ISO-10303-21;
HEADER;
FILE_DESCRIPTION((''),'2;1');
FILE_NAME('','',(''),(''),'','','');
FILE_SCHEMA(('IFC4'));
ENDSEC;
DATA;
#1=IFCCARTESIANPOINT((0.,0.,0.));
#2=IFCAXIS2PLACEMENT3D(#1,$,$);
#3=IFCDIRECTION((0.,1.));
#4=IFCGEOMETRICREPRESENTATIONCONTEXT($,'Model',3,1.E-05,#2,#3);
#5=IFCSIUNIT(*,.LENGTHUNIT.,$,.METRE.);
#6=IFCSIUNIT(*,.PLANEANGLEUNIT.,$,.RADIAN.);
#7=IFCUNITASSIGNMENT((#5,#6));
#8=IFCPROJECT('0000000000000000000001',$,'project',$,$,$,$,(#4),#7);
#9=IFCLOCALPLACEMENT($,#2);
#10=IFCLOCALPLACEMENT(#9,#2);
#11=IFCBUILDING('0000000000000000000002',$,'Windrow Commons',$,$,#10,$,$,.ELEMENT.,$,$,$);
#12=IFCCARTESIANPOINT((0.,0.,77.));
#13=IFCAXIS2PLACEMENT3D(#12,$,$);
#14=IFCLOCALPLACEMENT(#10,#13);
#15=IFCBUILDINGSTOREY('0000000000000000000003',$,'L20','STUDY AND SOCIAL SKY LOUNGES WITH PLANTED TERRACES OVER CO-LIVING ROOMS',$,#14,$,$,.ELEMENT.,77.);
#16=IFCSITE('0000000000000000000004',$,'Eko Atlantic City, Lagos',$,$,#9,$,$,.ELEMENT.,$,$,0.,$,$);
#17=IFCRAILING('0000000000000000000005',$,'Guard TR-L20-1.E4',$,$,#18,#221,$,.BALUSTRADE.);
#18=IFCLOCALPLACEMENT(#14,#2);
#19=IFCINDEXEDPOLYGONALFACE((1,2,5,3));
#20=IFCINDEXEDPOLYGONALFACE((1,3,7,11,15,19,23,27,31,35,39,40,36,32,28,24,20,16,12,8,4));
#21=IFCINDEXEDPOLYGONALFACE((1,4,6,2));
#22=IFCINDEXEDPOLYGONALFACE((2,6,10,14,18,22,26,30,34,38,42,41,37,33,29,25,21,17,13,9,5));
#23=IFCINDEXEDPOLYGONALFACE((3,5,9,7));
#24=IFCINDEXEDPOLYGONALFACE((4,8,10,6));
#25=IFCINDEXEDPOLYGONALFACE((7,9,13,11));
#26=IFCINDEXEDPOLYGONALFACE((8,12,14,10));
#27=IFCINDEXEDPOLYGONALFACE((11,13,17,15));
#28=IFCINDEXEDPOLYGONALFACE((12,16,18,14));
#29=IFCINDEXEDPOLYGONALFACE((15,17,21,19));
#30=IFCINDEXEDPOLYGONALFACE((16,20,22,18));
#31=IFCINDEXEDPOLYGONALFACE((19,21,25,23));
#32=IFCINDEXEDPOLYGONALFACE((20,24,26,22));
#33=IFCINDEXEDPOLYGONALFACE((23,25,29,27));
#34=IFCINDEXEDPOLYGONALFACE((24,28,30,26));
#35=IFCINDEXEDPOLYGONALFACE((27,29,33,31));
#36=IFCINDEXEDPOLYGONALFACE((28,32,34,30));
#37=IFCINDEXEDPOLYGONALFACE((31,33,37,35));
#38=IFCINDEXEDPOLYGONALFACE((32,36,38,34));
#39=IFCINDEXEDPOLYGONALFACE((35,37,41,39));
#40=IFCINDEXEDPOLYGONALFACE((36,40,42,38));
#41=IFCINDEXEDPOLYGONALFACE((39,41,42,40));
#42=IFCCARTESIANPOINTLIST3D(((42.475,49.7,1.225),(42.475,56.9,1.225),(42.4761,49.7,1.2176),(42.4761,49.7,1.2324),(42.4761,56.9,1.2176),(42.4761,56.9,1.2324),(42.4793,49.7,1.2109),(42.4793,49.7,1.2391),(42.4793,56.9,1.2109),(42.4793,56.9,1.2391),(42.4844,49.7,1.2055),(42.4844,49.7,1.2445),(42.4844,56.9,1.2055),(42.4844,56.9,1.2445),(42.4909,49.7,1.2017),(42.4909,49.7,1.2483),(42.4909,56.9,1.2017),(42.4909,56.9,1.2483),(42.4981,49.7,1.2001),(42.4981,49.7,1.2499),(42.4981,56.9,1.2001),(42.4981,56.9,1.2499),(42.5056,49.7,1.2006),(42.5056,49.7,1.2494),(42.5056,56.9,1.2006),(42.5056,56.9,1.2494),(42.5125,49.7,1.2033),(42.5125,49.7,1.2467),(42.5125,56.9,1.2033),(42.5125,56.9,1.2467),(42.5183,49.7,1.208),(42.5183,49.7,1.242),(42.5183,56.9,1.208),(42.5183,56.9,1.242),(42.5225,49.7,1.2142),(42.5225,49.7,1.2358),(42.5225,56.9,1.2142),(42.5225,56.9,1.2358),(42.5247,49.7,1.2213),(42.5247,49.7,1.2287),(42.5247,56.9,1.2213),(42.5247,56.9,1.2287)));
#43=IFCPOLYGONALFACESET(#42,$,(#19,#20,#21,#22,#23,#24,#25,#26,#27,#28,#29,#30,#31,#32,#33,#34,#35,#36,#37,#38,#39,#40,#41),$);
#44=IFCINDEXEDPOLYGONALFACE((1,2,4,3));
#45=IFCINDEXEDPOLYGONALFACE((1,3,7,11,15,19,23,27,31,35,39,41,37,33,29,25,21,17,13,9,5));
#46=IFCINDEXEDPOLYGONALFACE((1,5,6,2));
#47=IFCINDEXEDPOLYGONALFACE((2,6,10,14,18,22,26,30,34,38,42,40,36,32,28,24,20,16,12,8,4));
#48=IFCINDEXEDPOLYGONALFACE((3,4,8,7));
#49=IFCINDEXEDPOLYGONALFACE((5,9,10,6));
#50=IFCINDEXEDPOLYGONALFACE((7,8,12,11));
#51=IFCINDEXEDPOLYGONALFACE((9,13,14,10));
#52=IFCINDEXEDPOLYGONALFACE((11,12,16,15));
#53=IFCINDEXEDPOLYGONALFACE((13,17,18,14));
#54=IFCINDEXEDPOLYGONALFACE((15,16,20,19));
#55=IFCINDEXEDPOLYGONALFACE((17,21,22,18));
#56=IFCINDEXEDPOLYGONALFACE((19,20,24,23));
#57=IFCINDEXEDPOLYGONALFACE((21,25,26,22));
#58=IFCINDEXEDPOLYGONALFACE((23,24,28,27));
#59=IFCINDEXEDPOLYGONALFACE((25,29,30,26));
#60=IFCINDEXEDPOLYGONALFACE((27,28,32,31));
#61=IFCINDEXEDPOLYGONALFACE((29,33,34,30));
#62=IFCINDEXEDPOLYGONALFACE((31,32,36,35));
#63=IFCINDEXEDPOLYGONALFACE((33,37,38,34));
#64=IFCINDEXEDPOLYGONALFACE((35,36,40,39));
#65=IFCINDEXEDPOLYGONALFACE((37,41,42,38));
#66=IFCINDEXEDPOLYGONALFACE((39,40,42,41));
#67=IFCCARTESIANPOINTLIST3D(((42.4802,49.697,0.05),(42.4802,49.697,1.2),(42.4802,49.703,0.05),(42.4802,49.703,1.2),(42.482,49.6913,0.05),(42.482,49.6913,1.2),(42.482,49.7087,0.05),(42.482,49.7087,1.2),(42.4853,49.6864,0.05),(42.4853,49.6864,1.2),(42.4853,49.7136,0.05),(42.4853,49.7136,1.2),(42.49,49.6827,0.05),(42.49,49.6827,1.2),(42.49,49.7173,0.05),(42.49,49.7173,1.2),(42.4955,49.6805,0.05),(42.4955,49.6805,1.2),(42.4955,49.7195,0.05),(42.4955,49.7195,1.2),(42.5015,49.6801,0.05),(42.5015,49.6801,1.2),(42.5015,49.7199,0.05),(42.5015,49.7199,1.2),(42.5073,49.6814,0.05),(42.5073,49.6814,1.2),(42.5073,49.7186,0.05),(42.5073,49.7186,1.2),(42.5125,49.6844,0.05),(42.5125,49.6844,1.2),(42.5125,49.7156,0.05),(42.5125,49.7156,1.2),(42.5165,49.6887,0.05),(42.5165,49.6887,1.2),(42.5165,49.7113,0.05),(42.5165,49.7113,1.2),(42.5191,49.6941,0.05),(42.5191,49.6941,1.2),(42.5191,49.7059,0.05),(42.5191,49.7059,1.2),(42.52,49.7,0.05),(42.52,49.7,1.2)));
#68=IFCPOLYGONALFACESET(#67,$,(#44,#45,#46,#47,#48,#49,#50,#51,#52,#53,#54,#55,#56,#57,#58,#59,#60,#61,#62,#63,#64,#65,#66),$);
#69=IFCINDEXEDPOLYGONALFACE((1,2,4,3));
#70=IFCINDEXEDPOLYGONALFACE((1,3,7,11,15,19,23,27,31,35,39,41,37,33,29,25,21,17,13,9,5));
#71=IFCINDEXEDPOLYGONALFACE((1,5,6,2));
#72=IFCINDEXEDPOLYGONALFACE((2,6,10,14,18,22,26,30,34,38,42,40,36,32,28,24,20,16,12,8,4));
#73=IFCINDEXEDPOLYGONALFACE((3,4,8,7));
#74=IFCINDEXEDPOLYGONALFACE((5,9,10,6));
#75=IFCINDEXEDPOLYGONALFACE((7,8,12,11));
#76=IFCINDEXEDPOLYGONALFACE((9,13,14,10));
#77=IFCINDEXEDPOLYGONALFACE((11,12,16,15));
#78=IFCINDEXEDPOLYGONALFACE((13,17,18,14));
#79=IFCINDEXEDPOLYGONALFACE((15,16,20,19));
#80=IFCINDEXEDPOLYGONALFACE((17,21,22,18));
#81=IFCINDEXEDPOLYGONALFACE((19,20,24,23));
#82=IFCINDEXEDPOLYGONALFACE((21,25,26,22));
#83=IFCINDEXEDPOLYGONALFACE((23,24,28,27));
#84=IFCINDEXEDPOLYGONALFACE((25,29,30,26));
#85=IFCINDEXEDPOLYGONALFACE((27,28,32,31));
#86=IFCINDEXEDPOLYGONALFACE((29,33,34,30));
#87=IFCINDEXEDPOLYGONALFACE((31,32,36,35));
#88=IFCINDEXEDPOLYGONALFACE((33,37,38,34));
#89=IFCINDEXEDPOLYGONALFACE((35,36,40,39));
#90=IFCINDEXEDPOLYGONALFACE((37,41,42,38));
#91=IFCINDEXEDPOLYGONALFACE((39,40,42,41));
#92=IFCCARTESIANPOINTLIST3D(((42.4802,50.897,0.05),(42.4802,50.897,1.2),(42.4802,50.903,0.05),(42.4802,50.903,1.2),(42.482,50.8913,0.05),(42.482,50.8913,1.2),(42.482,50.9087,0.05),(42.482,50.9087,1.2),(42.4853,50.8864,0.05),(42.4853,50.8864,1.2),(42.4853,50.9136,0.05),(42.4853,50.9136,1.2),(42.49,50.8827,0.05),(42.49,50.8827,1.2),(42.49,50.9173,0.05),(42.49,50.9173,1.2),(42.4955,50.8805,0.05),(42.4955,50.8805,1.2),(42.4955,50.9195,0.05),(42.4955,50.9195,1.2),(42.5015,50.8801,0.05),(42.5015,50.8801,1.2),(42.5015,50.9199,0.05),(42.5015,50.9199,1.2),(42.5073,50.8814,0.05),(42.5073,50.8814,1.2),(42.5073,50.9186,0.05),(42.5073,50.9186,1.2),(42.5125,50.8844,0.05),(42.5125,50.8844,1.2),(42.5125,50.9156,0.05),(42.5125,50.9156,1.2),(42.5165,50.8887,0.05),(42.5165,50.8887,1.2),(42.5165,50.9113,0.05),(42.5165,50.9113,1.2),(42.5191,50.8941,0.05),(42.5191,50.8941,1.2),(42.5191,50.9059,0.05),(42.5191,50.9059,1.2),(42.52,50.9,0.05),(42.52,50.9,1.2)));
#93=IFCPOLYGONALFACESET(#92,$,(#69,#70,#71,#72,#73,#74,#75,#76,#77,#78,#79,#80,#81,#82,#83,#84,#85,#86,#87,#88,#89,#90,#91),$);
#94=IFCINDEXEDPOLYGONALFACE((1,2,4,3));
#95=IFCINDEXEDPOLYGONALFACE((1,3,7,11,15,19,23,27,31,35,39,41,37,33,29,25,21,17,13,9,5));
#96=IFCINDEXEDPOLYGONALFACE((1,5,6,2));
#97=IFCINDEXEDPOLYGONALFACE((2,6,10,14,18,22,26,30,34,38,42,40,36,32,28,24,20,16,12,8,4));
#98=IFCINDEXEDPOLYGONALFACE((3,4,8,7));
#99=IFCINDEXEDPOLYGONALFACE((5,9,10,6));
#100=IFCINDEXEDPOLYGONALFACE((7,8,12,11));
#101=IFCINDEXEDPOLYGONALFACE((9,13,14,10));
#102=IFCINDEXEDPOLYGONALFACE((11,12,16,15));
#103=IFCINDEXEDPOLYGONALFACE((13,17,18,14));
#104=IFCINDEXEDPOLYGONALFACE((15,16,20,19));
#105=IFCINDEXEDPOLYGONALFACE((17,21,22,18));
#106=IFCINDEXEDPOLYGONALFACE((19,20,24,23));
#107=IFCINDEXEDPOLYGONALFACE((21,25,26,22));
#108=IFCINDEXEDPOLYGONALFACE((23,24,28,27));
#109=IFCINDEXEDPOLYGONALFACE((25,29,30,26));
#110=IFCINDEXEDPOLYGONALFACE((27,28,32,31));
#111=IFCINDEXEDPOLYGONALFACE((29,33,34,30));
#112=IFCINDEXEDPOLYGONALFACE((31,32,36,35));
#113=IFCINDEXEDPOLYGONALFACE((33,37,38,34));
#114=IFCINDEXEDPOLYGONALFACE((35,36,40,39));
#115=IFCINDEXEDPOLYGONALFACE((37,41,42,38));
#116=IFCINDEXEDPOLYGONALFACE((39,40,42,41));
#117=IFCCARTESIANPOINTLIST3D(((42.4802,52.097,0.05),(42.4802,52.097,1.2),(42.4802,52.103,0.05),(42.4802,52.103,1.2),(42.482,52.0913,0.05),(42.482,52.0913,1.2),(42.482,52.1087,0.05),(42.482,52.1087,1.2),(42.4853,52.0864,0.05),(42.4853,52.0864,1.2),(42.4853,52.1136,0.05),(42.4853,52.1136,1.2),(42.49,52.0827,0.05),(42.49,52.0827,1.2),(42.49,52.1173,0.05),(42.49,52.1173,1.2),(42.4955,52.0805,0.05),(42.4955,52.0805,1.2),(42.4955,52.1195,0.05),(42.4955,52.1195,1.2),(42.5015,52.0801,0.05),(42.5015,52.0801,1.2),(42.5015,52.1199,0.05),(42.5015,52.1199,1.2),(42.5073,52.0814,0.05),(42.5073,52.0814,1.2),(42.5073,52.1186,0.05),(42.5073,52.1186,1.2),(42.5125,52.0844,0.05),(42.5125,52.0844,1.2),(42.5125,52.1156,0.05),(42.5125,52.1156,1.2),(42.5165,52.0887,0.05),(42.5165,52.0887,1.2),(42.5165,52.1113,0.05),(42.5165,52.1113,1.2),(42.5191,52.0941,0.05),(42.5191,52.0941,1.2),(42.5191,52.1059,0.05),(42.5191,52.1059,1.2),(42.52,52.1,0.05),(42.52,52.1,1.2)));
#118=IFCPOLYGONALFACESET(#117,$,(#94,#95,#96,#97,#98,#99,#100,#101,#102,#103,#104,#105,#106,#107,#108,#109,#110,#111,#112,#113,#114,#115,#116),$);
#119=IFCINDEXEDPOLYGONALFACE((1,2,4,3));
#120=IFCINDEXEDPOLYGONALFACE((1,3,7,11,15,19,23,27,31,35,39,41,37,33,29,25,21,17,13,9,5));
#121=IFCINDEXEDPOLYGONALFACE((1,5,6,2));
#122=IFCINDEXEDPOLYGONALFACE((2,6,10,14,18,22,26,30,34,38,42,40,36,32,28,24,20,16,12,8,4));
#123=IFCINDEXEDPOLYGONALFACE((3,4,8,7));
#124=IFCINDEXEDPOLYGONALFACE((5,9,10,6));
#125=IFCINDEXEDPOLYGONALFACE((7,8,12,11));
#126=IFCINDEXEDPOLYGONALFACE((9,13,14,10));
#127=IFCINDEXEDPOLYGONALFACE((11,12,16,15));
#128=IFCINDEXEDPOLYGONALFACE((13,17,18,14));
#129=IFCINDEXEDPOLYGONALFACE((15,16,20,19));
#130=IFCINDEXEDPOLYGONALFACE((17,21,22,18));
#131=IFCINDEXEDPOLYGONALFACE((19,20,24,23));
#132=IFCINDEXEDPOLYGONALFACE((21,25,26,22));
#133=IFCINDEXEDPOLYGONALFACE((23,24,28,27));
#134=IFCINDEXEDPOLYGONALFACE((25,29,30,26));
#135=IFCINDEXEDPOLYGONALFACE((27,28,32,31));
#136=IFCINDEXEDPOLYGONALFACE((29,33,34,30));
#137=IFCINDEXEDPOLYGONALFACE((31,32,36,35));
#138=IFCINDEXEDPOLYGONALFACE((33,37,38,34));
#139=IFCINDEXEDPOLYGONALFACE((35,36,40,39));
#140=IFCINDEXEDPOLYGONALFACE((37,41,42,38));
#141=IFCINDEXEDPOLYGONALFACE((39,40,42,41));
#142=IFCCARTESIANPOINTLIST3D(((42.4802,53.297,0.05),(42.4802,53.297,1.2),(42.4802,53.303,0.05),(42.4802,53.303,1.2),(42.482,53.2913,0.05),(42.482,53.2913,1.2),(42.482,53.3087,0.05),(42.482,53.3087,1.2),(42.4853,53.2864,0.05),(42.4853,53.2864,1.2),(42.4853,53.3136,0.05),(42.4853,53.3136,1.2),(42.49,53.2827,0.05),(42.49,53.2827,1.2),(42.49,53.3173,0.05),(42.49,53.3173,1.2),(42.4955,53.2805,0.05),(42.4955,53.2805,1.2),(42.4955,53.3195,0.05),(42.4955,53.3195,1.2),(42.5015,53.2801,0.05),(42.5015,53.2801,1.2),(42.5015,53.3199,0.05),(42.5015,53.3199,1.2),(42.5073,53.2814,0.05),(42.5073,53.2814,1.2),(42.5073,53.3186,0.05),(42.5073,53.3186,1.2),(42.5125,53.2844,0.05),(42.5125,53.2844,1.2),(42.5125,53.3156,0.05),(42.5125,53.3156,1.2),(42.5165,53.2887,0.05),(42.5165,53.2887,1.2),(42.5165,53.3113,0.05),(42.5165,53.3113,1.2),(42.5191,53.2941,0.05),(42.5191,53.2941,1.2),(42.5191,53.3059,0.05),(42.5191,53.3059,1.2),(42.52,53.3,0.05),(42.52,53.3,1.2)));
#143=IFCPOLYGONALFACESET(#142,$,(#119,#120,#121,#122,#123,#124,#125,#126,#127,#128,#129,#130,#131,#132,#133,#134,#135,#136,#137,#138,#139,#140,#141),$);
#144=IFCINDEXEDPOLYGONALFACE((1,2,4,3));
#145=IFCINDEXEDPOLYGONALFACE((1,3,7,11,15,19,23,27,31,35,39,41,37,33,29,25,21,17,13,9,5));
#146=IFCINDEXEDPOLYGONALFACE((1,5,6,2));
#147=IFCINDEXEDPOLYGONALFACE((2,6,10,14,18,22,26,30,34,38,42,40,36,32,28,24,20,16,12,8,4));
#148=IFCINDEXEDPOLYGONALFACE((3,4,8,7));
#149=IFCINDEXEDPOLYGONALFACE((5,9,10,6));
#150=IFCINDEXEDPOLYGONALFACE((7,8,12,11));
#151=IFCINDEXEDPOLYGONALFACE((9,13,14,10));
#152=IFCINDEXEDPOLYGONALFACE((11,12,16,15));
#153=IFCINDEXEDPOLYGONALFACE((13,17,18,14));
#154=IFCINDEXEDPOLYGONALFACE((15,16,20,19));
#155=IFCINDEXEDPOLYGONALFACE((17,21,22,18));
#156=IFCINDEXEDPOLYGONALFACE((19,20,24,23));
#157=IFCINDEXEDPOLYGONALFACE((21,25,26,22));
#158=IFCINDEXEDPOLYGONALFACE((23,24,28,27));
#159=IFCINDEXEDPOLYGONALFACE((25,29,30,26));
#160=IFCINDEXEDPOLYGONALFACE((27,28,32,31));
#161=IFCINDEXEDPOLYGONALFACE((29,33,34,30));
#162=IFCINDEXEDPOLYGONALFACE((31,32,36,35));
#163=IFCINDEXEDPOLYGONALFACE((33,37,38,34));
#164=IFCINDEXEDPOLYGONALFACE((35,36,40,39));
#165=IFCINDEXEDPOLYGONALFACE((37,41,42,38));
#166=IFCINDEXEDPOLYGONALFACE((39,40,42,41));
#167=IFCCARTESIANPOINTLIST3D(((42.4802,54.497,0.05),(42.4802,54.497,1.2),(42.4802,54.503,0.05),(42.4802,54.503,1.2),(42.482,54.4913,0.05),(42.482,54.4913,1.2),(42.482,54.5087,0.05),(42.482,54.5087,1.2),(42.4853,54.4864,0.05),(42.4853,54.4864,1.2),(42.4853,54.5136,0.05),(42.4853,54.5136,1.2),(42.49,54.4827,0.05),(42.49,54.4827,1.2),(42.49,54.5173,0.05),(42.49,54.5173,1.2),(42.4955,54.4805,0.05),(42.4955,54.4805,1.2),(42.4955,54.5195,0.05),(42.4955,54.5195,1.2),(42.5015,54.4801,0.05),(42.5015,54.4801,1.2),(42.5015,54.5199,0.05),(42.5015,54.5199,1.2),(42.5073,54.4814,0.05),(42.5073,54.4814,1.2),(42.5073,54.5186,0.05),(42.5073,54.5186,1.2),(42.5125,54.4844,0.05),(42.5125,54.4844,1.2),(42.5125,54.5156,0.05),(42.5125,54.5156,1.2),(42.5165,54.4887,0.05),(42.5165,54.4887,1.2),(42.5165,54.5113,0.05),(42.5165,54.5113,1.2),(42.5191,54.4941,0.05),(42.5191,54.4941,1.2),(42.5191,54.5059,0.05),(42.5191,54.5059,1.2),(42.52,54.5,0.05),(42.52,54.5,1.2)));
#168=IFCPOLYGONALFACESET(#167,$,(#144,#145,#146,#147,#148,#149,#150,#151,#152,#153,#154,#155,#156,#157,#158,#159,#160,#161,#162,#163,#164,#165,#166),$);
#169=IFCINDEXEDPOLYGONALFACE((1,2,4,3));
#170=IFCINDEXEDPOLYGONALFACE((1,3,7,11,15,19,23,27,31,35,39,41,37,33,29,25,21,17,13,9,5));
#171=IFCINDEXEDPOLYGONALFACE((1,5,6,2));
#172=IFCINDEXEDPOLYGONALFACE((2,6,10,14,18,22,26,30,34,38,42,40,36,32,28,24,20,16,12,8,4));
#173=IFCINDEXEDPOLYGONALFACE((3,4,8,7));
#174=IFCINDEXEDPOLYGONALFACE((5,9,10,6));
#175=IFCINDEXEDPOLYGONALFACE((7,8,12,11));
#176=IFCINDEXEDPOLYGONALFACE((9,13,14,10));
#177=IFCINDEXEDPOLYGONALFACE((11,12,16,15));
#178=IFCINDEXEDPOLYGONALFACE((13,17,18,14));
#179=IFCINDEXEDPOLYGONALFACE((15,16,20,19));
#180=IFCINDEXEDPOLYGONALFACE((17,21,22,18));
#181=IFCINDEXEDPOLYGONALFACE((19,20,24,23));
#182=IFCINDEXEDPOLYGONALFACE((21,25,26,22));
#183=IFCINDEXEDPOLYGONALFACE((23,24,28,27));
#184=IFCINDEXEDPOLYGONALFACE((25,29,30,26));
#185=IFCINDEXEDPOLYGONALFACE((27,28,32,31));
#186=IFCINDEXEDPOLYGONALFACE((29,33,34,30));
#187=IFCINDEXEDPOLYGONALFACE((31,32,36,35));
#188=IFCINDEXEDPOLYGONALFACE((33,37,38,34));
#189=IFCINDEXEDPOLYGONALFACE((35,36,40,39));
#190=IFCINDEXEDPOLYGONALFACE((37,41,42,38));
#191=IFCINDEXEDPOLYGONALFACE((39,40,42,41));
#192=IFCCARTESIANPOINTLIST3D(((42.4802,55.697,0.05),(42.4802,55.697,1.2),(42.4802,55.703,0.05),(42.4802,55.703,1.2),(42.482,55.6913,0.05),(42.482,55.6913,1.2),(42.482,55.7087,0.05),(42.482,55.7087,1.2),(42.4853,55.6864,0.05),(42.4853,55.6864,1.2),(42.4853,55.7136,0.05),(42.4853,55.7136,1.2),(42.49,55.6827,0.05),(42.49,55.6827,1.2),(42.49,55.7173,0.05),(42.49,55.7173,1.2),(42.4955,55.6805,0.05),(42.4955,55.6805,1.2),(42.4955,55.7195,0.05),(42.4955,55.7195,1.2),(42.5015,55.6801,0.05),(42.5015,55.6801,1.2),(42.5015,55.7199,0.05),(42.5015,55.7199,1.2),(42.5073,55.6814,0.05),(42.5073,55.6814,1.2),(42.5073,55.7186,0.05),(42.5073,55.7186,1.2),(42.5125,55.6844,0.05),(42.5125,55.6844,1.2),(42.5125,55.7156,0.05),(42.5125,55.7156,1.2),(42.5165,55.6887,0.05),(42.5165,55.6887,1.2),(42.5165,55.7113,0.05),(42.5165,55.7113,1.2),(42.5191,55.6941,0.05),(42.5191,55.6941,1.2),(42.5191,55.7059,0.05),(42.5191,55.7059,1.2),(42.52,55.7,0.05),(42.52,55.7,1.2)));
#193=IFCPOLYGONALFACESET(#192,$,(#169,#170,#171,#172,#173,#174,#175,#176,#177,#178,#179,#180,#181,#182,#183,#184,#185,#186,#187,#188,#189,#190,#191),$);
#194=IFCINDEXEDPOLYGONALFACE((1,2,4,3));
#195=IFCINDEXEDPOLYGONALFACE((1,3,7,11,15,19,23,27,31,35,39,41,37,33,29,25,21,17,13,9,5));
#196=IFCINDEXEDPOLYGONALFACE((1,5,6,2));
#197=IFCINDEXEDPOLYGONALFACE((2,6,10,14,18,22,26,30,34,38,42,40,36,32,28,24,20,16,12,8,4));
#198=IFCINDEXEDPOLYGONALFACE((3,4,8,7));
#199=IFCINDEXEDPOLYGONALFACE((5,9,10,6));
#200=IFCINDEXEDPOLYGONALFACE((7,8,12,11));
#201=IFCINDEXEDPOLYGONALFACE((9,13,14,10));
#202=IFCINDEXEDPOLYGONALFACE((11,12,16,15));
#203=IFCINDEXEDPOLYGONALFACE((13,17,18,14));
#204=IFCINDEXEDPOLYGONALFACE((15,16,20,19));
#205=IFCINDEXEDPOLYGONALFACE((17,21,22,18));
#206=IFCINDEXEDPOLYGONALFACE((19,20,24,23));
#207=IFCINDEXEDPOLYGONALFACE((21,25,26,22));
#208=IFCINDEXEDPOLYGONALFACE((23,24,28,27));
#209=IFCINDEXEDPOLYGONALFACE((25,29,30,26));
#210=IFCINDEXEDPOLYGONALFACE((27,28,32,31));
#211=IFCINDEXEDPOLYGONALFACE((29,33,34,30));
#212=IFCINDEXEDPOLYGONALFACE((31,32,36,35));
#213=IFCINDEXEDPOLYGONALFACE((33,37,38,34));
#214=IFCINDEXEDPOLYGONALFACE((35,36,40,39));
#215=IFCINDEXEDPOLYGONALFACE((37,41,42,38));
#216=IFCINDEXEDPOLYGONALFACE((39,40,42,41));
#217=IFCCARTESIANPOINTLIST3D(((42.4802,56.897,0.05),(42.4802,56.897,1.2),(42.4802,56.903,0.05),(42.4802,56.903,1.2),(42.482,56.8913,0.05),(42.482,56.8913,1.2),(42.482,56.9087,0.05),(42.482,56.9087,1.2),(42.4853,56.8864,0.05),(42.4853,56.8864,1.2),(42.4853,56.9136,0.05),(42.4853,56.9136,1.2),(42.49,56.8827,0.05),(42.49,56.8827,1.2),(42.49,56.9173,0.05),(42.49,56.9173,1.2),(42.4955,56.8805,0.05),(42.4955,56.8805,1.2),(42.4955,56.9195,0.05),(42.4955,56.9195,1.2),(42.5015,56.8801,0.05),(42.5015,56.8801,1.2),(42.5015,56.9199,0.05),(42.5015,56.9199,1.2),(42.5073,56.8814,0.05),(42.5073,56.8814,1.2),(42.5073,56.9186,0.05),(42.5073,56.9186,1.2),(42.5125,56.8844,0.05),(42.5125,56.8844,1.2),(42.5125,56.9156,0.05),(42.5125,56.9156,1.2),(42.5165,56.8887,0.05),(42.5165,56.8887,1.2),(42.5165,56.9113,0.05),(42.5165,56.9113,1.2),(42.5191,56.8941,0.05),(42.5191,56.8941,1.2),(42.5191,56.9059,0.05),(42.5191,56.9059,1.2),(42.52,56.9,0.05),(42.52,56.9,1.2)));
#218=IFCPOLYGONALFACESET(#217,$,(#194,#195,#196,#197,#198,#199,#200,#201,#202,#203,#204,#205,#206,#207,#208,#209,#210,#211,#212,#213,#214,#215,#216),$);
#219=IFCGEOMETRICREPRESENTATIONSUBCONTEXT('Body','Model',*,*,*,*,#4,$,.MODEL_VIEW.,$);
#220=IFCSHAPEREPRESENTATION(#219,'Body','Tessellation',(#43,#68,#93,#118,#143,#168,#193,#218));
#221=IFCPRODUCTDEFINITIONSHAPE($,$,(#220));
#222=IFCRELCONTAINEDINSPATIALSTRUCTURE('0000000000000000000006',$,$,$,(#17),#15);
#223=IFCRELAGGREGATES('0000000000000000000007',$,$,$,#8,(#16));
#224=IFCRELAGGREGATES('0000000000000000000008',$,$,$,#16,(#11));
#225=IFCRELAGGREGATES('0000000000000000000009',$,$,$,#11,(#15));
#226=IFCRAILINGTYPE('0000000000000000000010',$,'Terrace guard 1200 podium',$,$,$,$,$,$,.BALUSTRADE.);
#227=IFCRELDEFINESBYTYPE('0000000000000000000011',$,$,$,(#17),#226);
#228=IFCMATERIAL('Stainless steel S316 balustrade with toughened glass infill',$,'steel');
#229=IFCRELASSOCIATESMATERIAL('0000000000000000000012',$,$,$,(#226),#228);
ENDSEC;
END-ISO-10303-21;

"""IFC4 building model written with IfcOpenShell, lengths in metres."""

from ifc_helpers import new_model, si_unit, direction, frame, origin, origin_2d, place, context, subcontext, project, spatial, circle, extrude, material, type_object, element, save


model = new_model("IFC4")

# Units and contexts
model_context = context("Model", 3, precision=1e-05, world=origin(), true_north=direction((0.0, 1.0)))
body_context = subcontext(model_context, "Body", "Model", "MODEL_VIEW")
ifc_project = project(units=[si_unit("LENGTHUNIT", "METRE"), si_unit("PLANEANGLEUNIT", "RADIAN")], contexts=[model_context])

# Site, building, storey
site_placement = place(None, origin())
site = spatial("IfcSite", under=ifc_project, at=site_placement, Name="Eko Atlantic City, Lagos", CompositionType="ELEMENT", RefElevation=0.0)
building_placement = place(site_placement, origin())
building = spatial("IfcBuilding", under=site, at=building_placement, Name="Windrow Commons", CompositionType="ELEMENT")
storey_placement = place(building_placement, frame((0.0, 0.0, 77.0)))
storey = spatial("IfcBuildingStorey", under=building, at=storey_placement, Name="L20", Description="STUDY AND SOCIAL SKY LOUNGES WITH PLANTED TERRACES OVER CO-LIVING ROOMS", CompositionType="ELEMENT", Elevation=77.0)

# Railing
ifc_material_1 = material(Name="Stainless steel S316 balustrade with toughened glass infill", Category="steel")
railing_type = type_object("IfcRailingType", Name="Terrace guard 1200 podium", PredefinedType="BALUSTRADE", material=ifc_material_1)
railing_1_placement = place(storey_placement, frame((42.5, 49.7, 0.05)))
element("IfcRailing", 1, at=railing_1_placement, inside=storey, type_object=railing_type, Name="Guard TR-L20-1.E4", PredefinedType="BALUSTRADE", context=body_context, shape_type="SweptSolid", body=[
    extrude(circle(Radius=0.025, at=origin_2d()), frame((0.0, 0.0, 1.175), z_axis=(0.0, 1.0, 0.0), x_axis=(-1.0, 0.0, 0.0)), (0.0, 0.0, 1.0), 7.2),
    extrude(circle(Radius=0.02, at=origin_2d()), origin(), (0.0, 0.0, 1.0), 1.15),
    extrude(circle(Radius=0.02, at=origin_2d()), frame((0.0, 1.2, 0.0)), (0.0, 0.0, 1.0), 1.15),
    extrude(circle(Radius=0.02, at=origin_2d()), frame((0.0, 2.4, 0.0)), (0.0, 0.0, 1.0), 1.15),
    extrude(circle(Radius=0.02, at=origin_2d()), frame((0.0, 3.6, 0.0)), (0.0, 0.0, 1.0), 1.15),
    extrude(circle(Radius=0.02, at=origin_2d()), frame((0.0, 4.8, 0.0)), (0.0, 0.0, 1.0), 1.15),
    extrude(circle(Radius=0.02, at=origin_2d()), frame((0.0, 6.0, 0.0)), (0.0, 0.0, 1.0), 1.15),
    extrude(circle(Radius=0.02, at=origin_2d()), frame((0.0, 7.2, 0.0)), (0.0, 0.0, 1.0), 1.15),
])

save(model, "model.ifc")
